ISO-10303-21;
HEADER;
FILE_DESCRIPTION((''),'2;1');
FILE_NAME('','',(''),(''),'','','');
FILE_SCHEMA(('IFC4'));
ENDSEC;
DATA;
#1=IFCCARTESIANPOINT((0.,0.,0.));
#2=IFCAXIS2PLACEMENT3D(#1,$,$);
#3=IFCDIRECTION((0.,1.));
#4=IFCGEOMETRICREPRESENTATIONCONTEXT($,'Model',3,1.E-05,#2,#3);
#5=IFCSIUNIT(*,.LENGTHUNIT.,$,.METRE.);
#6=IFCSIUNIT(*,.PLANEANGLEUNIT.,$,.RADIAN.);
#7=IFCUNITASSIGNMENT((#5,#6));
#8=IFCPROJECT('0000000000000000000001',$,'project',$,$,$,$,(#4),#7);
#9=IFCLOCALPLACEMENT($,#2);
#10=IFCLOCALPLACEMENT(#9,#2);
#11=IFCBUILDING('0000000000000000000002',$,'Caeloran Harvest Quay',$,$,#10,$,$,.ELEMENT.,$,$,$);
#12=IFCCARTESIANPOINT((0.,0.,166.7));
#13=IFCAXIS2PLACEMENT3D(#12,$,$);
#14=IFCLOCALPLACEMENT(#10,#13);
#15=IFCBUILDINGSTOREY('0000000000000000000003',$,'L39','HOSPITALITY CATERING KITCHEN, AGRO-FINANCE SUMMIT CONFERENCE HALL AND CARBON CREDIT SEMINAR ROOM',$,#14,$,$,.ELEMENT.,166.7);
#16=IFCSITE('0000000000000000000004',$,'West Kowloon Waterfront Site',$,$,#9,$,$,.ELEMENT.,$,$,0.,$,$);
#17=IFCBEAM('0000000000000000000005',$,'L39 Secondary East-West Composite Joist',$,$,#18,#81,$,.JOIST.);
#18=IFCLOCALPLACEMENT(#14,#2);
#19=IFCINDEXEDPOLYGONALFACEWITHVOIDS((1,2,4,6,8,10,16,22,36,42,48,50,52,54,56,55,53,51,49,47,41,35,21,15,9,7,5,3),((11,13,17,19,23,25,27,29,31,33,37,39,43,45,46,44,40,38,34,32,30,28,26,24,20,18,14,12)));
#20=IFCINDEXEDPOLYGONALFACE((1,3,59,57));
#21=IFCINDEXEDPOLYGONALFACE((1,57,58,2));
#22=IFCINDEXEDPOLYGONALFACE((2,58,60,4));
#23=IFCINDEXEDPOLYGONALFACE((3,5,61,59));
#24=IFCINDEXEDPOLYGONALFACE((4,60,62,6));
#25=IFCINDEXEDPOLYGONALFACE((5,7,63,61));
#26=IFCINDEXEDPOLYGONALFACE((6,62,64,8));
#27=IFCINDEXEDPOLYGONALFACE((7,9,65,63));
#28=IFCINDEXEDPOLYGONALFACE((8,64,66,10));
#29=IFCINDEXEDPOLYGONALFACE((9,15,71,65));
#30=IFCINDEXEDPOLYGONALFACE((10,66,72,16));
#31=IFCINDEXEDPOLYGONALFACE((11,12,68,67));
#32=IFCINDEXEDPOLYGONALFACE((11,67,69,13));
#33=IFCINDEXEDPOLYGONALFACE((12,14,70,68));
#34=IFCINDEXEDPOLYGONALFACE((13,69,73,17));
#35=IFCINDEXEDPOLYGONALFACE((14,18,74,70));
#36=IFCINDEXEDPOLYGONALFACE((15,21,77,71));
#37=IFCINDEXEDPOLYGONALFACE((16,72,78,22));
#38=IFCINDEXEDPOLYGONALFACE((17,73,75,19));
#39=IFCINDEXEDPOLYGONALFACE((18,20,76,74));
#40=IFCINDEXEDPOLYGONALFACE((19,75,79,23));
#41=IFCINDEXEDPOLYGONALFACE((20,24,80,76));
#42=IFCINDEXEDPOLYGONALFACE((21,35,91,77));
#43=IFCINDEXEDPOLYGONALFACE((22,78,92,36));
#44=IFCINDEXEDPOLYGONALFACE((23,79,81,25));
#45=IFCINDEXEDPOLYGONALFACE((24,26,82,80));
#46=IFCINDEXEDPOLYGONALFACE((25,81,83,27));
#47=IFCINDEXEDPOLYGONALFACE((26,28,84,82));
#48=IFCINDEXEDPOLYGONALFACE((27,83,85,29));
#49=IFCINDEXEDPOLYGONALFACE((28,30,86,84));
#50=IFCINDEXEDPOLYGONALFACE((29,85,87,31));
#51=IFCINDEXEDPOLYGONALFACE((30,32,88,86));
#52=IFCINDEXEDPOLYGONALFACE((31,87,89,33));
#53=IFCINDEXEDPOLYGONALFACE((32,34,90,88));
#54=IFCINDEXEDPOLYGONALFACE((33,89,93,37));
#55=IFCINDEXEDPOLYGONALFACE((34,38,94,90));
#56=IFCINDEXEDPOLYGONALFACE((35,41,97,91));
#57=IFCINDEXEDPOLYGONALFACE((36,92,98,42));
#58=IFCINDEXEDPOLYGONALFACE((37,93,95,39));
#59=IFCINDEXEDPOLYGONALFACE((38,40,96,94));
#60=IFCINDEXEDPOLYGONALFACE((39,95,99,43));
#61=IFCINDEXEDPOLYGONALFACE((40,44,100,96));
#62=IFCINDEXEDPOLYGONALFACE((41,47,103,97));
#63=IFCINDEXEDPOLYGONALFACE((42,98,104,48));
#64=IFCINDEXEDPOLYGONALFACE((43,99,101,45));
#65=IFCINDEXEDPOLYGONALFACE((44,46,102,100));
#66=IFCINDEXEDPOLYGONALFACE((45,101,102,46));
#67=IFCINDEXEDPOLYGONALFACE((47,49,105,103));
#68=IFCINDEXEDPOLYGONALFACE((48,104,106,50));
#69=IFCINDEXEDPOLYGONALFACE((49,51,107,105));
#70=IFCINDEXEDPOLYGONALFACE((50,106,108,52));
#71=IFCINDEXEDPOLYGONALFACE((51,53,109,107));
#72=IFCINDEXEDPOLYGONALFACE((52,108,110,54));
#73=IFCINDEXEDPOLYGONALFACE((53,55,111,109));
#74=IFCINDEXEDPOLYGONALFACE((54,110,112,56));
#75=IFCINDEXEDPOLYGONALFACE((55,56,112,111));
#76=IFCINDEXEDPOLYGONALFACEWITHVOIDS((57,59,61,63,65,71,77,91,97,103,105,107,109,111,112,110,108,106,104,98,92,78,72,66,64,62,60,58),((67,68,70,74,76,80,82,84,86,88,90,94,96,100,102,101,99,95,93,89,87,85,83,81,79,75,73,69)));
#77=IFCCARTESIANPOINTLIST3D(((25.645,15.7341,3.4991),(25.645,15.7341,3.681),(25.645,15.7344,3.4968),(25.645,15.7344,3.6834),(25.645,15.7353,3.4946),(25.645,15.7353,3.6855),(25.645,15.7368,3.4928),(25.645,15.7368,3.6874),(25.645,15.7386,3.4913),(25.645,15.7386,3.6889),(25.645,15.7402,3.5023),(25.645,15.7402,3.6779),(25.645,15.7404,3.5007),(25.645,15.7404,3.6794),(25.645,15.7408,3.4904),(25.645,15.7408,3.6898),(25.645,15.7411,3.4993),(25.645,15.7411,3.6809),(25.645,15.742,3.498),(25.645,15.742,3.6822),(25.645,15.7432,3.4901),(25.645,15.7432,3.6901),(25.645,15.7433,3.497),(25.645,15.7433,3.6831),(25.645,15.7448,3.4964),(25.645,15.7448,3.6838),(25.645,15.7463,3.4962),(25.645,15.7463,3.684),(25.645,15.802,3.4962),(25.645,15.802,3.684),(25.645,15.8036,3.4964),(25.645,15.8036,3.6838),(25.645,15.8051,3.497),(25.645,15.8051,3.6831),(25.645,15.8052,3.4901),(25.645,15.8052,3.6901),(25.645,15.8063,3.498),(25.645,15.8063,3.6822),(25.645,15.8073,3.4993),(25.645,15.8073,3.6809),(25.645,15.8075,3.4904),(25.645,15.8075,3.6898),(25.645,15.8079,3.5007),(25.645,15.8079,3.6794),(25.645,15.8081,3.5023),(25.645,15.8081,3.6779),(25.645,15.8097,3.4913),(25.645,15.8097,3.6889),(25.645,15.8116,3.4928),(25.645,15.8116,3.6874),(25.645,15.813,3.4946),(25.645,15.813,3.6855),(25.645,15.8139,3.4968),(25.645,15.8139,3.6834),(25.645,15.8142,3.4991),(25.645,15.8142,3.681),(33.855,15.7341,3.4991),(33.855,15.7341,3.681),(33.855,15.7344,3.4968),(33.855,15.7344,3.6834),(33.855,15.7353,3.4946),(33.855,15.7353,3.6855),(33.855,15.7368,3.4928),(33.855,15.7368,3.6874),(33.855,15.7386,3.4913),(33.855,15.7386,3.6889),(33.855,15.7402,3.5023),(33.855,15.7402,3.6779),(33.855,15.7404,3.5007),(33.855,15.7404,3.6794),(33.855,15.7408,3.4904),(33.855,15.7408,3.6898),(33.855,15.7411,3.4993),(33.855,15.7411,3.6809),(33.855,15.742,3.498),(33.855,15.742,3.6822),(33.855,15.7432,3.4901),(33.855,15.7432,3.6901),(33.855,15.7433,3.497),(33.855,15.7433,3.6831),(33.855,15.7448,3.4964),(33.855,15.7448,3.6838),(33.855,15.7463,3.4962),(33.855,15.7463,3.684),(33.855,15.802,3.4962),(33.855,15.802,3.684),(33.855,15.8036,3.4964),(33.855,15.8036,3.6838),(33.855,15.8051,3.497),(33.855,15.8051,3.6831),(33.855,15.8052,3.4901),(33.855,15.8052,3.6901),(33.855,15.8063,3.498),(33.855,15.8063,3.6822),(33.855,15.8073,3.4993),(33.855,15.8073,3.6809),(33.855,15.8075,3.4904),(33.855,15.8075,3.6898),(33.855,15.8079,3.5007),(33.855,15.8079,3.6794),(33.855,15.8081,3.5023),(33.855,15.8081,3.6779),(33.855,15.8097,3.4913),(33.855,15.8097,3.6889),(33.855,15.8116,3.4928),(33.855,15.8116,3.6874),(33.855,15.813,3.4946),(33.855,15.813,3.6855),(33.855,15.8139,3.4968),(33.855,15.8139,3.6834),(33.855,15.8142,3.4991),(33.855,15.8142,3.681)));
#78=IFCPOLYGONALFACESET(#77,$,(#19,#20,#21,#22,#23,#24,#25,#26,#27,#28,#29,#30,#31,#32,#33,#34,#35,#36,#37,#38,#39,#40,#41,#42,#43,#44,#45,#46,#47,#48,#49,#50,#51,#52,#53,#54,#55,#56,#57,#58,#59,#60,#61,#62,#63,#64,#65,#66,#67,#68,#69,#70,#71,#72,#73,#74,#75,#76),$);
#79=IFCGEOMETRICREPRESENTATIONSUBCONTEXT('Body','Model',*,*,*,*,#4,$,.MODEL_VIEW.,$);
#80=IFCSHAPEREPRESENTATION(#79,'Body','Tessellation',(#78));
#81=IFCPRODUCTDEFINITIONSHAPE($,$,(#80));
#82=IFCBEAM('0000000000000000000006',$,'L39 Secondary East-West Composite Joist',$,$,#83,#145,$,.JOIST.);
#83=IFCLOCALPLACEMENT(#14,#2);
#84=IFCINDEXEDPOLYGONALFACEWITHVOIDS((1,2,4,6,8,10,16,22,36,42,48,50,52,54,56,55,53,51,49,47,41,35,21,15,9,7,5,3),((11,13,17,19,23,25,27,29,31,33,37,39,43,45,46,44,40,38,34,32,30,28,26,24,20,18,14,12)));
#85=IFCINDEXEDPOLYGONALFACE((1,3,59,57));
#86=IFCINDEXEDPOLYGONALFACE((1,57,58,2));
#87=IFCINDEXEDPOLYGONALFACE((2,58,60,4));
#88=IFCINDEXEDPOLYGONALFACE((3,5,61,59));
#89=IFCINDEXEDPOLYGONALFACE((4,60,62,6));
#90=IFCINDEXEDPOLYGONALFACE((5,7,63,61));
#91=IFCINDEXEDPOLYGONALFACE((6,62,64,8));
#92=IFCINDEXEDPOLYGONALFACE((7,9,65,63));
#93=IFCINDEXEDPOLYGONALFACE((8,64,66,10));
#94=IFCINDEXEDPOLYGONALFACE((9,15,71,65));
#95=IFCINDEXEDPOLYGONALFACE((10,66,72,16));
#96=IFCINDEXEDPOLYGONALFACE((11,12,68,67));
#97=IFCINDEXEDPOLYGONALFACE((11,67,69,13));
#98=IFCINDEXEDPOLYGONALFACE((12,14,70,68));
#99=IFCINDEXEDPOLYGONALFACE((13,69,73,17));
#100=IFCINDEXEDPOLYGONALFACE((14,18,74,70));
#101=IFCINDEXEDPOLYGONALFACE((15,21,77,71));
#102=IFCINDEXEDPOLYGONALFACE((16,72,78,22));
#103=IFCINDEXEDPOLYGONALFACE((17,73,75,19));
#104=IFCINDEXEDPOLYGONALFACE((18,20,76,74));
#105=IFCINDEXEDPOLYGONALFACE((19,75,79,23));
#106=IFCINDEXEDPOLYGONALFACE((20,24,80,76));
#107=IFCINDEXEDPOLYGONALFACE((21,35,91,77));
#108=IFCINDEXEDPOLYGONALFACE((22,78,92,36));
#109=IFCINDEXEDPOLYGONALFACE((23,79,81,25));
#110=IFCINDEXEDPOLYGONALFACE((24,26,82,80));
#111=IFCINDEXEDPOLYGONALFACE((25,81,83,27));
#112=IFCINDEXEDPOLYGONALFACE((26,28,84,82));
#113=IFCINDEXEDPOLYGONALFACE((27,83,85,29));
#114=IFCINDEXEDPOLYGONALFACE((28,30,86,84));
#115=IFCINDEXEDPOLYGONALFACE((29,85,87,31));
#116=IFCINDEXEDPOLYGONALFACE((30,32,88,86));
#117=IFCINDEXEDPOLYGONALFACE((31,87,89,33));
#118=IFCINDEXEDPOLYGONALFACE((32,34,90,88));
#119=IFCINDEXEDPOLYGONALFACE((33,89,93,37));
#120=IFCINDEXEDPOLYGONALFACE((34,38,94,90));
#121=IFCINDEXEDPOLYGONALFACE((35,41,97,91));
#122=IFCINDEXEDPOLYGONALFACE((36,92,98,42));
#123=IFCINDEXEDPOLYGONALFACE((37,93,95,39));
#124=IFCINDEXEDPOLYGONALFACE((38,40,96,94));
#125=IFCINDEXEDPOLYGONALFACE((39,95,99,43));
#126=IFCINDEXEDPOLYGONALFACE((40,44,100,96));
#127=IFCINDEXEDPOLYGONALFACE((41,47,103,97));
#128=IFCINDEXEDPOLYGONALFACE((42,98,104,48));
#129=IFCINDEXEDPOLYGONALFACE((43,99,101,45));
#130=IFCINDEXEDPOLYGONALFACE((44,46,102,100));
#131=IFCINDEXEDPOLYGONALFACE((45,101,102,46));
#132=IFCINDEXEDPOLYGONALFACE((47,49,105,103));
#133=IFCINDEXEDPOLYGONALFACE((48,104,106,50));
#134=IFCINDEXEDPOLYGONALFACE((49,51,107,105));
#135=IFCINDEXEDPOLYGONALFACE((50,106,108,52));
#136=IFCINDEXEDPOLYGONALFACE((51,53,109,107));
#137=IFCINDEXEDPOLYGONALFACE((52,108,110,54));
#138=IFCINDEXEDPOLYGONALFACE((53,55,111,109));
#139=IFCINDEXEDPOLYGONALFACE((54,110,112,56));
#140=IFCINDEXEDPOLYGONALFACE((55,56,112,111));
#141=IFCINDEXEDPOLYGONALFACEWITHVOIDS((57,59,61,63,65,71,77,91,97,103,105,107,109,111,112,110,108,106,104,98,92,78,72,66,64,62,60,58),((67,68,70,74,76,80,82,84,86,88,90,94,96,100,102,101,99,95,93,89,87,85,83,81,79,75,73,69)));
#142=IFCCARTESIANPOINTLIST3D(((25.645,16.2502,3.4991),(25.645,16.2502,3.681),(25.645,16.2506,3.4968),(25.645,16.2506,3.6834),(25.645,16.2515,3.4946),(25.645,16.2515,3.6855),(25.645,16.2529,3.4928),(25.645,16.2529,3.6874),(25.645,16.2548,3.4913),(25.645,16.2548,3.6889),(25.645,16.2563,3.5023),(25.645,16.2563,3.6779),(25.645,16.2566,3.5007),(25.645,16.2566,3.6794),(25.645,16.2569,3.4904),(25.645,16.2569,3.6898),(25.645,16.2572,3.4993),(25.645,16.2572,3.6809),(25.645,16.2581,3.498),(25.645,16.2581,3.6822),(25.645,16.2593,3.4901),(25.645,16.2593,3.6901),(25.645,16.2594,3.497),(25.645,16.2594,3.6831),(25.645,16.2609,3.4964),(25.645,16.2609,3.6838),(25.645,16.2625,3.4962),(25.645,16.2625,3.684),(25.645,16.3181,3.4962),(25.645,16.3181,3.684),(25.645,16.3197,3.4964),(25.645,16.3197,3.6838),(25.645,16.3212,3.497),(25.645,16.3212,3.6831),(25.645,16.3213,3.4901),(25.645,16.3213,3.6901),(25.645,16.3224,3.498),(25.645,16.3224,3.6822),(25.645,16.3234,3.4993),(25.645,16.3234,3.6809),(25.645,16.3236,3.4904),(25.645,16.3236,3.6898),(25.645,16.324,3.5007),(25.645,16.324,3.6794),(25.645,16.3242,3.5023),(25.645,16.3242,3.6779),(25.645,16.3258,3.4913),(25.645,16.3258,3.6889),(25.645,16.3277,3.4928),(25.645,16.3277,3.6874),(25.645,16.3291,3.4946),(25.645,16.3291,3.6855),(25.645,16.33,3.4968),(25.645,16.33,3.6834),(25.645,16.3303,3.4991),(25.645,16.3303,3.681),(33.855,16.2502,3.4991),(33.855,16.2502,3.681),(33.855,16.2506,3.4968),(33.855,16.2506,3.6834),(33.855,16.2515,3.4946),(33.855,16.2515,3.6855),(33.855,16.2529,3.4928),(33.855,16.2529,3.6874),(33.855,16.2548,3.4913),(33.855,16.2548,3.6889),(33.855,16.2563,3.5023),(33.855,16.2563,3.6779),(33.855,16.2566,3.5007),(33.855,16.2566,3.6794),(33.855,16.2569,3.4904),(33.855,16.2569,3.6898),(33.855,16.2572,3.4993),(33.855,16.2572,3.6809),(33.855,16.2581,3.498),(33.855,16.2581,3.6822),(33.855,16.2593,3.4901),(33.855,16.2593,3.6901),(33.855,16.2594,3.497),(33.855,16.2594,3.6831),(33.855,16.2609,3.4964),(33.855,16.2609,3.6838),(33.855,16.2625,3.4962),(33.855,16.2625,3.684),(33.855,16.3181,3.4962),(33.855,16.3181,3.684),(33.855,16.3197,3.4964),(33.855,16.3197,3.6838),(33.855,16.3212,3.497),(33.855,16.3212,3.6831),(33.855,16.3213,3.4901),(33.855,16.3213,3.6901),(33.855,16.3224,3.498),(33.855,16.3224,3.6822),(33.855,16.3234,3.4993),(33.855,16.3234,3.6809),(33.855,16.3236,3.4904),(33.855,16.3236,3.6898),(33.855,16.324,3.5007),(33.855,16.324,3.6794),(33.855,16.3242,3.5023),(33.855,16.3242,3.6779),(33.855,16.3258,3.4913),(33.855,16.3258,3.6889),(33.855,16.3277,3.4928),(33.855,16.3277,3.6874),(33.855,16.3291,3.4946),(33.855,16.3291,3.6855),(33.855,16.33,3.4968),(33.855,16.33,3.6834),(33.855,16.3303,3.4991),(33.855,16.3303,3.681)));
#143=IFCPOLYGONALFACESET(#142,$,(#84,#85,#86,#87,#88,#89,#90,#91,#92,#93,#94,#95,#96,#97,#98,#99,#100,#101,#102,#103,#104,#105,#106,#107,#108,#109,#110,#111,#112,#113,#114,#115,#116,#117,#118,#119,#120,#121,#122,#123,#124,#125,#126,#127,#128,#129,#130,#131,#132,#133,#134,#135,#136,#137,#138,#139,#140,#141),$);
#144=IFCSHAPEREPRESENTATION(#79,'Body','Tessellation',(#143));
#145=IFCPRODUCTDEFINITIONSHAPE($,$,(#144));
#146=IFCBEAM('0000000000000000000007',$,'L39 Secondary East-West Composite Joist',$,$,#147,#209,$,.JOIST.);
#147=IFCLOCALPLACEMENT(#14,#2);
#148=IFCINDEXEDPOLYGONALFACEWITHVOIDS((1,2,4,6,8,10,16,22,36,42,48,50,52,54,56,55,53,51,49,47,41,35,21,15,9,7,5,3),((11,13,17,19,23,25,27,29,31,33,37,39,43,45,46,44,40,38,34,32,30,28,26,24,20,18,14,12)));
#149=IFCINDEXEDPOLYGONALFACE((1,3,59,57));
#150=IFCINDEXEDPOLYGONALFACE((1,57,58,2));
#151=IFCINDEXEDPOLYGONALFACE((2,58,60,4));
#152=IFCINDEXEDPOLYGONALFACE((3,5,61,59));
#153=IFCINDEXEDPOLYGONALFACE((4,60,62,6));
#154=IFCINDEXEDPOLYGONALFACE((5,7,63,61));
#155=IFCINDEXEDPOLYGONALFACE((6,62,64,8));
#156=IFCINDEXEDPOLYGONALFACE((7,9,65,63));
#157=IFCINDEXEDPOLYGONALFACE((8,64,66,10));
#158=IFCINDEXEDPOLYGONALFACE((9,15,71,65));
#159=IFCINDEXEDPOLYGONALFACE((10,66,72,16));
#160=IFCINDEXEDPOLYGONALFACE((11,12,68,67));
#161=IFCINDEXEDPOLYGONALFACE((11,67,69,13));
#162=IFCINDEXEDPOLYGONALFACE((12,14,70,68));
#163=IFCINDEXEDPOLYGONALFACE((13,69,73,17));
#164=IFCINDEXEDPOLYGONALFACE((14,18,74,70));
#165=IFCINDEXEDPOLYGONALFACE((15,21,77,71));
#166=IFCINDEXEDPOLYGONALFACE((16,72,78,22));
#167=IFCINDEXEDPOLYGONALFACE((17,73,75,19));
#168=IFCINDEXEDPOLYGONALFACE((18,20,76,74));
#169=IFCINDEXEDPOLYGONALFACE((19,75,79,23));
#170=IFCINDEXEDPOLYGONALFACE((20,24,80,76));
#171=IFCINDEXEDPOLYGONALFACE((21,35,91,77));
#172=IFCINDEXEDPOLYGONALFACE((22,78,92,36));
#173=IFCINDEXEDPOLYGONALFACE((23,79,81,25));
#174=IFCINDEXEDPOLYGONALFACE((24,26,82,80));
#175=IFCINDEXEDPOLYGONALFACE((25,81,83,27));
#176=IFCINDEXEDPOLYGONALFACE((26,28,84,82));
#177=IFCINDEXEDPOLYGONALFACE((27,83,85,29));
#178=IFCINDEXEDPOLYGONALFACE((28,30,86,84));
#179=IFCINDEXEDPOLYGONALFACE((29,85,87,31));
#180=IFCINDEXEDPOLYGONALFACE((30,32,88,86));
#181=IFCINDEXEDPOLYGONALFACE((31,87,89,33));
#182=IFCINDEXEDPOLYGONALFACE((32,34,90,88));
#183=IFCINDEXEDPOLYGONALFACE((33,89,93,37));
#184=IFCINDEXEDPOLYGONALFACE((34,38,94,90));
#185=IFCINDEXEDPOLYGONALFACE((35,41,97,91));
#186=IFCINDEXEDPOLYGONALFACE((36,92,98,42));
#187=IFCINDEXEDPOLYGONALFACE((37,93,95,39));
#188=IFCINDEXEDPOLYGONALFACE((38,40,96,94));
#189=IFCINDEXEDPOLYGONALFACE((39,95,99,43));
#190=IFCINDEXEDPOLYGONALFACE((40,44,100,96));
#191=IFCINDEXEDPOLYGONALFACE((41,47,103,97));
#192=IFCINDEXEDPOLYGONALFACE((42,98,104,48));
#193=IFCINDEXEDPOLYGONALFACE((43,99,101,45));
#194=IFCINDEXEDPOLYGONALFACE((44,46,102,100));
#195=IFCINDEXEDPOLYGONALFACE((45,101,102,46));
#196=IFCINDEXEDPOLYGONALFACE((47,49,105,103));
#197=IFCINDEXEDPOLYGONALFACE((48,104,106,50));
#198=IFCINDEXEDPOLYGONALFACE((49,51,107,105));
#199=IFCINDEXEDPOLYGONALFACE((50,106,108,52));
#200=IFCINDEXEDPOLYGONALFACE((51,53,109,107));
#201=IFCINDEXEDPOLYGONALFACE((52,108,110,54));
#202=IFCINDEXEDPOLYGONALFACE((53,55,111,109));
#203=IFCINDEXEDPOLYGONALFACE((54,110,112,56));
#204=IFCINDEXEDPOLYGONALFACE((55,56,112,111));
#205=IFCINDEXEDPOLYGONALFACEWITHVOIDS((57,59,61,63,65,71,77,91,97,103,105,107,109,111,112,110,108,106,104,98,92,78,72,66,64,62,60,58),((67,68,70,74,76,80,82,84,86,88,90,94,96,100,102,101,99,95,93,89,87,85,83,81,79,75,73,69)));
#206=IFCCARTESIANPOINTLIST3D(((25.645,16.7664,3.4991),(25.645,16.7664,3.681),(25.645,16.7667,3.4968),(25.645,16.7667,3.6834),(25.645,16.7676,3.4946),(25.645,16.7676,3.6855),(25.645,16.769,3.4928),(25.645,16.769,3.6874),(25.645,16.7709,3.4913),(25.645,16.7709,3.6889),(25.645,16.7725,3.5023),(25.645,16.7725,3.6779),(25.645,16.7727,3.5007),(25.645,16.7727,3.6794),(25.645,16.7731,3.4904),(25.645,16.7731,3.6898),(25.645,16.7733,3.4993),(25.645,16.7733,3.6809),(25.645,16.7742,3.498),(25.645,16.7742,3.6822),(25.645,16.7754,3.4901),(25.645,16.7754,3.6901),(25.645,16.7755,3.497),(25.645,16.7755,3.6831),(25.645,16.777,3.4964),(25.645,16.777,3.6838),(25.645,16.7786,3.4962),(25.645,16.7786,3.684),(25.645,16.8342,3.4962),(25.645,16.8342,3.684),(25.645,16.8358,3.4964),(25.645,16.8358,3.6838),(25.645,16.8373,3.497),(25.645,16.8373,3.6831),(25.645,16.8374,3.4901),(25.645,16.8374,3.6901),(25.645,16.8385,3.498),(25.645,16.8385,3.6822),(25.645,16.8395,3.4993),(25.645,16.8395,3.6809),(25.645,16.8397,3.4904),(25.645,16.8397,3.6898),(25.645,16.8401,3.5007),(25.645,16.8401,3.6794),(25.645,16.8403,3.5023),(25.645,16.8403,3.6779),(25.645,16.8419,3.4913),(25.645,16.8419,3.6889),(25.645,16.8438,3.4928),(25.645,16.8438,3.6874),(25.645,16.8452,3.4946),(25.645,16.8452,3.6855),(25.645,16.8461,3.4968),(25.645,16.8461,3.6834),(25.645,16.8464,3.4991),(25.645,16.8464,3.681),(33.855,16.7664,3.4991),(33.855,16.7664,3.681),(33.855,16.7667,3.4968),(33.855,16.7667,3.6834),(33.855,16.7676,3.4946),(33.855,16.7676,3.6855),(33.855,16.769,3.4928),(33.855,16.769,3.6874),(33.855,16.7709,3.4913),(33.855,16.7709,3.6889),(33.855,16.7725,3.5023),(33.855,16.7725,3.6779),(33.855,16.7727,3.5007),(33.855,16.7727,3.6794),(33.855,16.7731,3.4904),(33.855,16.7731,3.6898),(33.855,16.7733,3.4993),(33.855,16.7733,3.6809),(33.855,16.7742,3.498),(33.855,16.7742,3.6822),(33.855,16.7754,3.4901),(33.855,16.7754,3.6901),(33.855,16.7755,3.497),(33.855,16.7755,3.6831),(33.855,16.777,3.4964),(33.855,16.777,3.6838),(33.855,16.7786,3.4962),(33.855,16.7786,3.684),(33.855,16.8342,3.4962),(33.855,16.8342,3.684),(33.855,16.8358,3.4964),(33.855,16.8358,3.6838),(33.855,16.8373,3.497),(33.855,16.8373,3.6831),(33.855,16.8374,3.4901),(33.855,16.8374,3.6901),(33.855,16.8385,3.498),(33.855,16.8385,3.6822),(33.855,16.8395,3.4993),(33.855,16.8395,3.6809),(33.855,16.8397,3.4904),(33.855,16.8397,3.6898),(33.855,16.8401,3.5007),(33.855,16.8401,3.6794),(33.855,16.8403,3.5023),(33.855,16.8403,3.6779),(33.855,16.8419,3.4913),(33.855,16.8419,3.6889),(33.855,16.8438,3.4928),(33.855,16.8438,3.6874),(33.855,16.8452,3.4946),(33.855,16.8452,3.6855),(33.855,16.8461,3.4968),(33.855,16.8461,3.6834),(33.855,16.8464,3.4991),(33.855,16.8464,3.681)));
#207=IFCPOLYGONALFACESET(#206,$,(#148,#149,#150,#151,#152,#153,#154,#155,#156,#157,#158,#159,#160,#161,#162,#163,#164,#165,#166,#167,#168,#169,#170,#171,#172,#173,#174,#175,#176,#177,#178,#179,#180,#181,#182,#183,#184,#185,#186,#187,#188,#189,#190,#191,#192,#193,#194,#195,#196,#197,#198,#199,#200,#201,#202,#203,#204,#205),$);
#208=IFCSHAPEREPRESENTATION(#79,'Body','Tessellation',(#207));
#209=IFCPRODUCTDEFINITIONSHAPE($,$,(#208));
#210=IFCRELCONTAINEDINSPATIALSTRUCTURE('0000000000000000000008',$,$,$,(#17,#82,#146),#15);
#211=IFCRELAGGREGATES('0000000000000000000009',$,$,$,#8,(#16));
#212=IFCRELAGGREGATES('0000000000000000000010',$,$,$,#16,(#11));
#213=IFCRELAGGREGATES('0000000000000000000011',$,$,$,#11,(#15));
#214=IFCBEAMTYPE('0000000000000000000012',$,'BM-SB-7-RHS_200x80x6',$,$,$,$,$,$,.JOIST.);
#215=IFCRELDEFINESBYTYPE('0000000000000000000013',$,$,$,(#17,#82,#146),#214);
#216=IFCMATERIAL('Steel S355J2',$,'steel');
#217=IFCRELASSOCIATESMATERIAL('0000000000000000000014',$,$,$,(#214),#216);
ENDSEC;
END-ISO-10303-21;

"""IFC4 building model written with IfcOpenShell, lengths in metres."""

from ifc_helpers import new_model, si_unit, direction, frame, origin, origin_2d, place, context, subcontext, project, spatial, hollow_rectangle, extrude, material, material_profile, profile_set, type_object, element, save


model = new_model("IFC4")

# Units and contexts
model_context = context("Model", 3, precision=1e-05, world=origin(), true_north=direction((0.0, 1.0)))
body_context = subcontext(model_context, "Body", "Model", "MODEL_VIEW")
ifc_project = project(units=[si_unit("LENGTHUNIT", "METRE"), si_unit("PLANEANGLEUNIT", "RADIAN")], contexts=[model_context])

# Site, building, storey
site_placement = place(None, origin())
site = spatial("IfcSite", under=ifc_project, at=site_placement, Name="West Kowloon Waterfront Site", CompositionType="ELEMENT", RefElevation=0.0)
building_placement = place(site_placement, origin())
building = spatial("IfcBuilding", under=site, at=building_placement, Name="Caeloran Harvest Quay", CompositionType="ELEMENT")
storey_placement = place(building_placement, frame((0.0, 0.0, 166.7)))
storey = spatial("IfcBuildingStorey", under=building, at=storey_placement, Name="L39", Description="HOSPITALITY CATERING KITCHEN, AGRO-FINANCE SUMMIT CONFERENCE HALL AND CARBON CREDIT SEMINAR ROOM", CompositionType="ELEMENT", Elevation=166.7)

# Beams
ifc_material_1 = material(Name="Steel S355J2", Category="steel")
ifc_material_profile_1 = material_profile(ifc_material_1, hollow_rectangle(XDim=0.0801, YDim=0.2, WallThickness=0.0061, InnerFilletRadius=0.0061, OuterFilletRadius=0.009, at=origin_2d()), Name="RHS 200x80x6")
ifc_profile_set_1 = profile_set([ifc_material_profile_1], Name="Steel S355J2")
beam_type_1 = type_object("IfcBeamType", Name="BM-SB-7-RHS_200x80x6", PredefinedType="JOIST", material=ifc_profile_set_1)
for number, where, z_axis, x_axis, name in (
    (1, (25.645, 15.7742, 3.5901), (1.0, 0.0, 0.0), (0.0, 1.0, 0.0), "L39 Secondary East-West Composite Joist"),
    (2, (25.645, 16.2903, 3.5901), (1.0, 0.0, 0.0), (0.0, 1.0, 0.0), "L39 Secondary East-West Composite Joist"),
    (3, (25.645, 16.8064, 3.5901), (1.0, 0.0, 0.0), (0.0, 1.0, 0.0), "L39 Secondary East-West Composite Joist"),
):
    element("IfcBeam", number, at=place(storey_placement, frame(where, z_axis=z_axis, x_axis=x_axis)), inside=storey, type_object=beam_type_1, Name=name, PredefinedType="JOIST", context=body_context, shape_type="SweptSolid", body=[
        extrude(hollow_rectangle(XDim=0.0801, YDim=0.2, WallThickness=0.0061, InnerFilletRadius=0.0061, OuterFilletRadius=0.009, at=origin_2d()), origin(), (0.0, 0.0, 1.0), 8.21),
    ])

save(model, "model.ifc")
